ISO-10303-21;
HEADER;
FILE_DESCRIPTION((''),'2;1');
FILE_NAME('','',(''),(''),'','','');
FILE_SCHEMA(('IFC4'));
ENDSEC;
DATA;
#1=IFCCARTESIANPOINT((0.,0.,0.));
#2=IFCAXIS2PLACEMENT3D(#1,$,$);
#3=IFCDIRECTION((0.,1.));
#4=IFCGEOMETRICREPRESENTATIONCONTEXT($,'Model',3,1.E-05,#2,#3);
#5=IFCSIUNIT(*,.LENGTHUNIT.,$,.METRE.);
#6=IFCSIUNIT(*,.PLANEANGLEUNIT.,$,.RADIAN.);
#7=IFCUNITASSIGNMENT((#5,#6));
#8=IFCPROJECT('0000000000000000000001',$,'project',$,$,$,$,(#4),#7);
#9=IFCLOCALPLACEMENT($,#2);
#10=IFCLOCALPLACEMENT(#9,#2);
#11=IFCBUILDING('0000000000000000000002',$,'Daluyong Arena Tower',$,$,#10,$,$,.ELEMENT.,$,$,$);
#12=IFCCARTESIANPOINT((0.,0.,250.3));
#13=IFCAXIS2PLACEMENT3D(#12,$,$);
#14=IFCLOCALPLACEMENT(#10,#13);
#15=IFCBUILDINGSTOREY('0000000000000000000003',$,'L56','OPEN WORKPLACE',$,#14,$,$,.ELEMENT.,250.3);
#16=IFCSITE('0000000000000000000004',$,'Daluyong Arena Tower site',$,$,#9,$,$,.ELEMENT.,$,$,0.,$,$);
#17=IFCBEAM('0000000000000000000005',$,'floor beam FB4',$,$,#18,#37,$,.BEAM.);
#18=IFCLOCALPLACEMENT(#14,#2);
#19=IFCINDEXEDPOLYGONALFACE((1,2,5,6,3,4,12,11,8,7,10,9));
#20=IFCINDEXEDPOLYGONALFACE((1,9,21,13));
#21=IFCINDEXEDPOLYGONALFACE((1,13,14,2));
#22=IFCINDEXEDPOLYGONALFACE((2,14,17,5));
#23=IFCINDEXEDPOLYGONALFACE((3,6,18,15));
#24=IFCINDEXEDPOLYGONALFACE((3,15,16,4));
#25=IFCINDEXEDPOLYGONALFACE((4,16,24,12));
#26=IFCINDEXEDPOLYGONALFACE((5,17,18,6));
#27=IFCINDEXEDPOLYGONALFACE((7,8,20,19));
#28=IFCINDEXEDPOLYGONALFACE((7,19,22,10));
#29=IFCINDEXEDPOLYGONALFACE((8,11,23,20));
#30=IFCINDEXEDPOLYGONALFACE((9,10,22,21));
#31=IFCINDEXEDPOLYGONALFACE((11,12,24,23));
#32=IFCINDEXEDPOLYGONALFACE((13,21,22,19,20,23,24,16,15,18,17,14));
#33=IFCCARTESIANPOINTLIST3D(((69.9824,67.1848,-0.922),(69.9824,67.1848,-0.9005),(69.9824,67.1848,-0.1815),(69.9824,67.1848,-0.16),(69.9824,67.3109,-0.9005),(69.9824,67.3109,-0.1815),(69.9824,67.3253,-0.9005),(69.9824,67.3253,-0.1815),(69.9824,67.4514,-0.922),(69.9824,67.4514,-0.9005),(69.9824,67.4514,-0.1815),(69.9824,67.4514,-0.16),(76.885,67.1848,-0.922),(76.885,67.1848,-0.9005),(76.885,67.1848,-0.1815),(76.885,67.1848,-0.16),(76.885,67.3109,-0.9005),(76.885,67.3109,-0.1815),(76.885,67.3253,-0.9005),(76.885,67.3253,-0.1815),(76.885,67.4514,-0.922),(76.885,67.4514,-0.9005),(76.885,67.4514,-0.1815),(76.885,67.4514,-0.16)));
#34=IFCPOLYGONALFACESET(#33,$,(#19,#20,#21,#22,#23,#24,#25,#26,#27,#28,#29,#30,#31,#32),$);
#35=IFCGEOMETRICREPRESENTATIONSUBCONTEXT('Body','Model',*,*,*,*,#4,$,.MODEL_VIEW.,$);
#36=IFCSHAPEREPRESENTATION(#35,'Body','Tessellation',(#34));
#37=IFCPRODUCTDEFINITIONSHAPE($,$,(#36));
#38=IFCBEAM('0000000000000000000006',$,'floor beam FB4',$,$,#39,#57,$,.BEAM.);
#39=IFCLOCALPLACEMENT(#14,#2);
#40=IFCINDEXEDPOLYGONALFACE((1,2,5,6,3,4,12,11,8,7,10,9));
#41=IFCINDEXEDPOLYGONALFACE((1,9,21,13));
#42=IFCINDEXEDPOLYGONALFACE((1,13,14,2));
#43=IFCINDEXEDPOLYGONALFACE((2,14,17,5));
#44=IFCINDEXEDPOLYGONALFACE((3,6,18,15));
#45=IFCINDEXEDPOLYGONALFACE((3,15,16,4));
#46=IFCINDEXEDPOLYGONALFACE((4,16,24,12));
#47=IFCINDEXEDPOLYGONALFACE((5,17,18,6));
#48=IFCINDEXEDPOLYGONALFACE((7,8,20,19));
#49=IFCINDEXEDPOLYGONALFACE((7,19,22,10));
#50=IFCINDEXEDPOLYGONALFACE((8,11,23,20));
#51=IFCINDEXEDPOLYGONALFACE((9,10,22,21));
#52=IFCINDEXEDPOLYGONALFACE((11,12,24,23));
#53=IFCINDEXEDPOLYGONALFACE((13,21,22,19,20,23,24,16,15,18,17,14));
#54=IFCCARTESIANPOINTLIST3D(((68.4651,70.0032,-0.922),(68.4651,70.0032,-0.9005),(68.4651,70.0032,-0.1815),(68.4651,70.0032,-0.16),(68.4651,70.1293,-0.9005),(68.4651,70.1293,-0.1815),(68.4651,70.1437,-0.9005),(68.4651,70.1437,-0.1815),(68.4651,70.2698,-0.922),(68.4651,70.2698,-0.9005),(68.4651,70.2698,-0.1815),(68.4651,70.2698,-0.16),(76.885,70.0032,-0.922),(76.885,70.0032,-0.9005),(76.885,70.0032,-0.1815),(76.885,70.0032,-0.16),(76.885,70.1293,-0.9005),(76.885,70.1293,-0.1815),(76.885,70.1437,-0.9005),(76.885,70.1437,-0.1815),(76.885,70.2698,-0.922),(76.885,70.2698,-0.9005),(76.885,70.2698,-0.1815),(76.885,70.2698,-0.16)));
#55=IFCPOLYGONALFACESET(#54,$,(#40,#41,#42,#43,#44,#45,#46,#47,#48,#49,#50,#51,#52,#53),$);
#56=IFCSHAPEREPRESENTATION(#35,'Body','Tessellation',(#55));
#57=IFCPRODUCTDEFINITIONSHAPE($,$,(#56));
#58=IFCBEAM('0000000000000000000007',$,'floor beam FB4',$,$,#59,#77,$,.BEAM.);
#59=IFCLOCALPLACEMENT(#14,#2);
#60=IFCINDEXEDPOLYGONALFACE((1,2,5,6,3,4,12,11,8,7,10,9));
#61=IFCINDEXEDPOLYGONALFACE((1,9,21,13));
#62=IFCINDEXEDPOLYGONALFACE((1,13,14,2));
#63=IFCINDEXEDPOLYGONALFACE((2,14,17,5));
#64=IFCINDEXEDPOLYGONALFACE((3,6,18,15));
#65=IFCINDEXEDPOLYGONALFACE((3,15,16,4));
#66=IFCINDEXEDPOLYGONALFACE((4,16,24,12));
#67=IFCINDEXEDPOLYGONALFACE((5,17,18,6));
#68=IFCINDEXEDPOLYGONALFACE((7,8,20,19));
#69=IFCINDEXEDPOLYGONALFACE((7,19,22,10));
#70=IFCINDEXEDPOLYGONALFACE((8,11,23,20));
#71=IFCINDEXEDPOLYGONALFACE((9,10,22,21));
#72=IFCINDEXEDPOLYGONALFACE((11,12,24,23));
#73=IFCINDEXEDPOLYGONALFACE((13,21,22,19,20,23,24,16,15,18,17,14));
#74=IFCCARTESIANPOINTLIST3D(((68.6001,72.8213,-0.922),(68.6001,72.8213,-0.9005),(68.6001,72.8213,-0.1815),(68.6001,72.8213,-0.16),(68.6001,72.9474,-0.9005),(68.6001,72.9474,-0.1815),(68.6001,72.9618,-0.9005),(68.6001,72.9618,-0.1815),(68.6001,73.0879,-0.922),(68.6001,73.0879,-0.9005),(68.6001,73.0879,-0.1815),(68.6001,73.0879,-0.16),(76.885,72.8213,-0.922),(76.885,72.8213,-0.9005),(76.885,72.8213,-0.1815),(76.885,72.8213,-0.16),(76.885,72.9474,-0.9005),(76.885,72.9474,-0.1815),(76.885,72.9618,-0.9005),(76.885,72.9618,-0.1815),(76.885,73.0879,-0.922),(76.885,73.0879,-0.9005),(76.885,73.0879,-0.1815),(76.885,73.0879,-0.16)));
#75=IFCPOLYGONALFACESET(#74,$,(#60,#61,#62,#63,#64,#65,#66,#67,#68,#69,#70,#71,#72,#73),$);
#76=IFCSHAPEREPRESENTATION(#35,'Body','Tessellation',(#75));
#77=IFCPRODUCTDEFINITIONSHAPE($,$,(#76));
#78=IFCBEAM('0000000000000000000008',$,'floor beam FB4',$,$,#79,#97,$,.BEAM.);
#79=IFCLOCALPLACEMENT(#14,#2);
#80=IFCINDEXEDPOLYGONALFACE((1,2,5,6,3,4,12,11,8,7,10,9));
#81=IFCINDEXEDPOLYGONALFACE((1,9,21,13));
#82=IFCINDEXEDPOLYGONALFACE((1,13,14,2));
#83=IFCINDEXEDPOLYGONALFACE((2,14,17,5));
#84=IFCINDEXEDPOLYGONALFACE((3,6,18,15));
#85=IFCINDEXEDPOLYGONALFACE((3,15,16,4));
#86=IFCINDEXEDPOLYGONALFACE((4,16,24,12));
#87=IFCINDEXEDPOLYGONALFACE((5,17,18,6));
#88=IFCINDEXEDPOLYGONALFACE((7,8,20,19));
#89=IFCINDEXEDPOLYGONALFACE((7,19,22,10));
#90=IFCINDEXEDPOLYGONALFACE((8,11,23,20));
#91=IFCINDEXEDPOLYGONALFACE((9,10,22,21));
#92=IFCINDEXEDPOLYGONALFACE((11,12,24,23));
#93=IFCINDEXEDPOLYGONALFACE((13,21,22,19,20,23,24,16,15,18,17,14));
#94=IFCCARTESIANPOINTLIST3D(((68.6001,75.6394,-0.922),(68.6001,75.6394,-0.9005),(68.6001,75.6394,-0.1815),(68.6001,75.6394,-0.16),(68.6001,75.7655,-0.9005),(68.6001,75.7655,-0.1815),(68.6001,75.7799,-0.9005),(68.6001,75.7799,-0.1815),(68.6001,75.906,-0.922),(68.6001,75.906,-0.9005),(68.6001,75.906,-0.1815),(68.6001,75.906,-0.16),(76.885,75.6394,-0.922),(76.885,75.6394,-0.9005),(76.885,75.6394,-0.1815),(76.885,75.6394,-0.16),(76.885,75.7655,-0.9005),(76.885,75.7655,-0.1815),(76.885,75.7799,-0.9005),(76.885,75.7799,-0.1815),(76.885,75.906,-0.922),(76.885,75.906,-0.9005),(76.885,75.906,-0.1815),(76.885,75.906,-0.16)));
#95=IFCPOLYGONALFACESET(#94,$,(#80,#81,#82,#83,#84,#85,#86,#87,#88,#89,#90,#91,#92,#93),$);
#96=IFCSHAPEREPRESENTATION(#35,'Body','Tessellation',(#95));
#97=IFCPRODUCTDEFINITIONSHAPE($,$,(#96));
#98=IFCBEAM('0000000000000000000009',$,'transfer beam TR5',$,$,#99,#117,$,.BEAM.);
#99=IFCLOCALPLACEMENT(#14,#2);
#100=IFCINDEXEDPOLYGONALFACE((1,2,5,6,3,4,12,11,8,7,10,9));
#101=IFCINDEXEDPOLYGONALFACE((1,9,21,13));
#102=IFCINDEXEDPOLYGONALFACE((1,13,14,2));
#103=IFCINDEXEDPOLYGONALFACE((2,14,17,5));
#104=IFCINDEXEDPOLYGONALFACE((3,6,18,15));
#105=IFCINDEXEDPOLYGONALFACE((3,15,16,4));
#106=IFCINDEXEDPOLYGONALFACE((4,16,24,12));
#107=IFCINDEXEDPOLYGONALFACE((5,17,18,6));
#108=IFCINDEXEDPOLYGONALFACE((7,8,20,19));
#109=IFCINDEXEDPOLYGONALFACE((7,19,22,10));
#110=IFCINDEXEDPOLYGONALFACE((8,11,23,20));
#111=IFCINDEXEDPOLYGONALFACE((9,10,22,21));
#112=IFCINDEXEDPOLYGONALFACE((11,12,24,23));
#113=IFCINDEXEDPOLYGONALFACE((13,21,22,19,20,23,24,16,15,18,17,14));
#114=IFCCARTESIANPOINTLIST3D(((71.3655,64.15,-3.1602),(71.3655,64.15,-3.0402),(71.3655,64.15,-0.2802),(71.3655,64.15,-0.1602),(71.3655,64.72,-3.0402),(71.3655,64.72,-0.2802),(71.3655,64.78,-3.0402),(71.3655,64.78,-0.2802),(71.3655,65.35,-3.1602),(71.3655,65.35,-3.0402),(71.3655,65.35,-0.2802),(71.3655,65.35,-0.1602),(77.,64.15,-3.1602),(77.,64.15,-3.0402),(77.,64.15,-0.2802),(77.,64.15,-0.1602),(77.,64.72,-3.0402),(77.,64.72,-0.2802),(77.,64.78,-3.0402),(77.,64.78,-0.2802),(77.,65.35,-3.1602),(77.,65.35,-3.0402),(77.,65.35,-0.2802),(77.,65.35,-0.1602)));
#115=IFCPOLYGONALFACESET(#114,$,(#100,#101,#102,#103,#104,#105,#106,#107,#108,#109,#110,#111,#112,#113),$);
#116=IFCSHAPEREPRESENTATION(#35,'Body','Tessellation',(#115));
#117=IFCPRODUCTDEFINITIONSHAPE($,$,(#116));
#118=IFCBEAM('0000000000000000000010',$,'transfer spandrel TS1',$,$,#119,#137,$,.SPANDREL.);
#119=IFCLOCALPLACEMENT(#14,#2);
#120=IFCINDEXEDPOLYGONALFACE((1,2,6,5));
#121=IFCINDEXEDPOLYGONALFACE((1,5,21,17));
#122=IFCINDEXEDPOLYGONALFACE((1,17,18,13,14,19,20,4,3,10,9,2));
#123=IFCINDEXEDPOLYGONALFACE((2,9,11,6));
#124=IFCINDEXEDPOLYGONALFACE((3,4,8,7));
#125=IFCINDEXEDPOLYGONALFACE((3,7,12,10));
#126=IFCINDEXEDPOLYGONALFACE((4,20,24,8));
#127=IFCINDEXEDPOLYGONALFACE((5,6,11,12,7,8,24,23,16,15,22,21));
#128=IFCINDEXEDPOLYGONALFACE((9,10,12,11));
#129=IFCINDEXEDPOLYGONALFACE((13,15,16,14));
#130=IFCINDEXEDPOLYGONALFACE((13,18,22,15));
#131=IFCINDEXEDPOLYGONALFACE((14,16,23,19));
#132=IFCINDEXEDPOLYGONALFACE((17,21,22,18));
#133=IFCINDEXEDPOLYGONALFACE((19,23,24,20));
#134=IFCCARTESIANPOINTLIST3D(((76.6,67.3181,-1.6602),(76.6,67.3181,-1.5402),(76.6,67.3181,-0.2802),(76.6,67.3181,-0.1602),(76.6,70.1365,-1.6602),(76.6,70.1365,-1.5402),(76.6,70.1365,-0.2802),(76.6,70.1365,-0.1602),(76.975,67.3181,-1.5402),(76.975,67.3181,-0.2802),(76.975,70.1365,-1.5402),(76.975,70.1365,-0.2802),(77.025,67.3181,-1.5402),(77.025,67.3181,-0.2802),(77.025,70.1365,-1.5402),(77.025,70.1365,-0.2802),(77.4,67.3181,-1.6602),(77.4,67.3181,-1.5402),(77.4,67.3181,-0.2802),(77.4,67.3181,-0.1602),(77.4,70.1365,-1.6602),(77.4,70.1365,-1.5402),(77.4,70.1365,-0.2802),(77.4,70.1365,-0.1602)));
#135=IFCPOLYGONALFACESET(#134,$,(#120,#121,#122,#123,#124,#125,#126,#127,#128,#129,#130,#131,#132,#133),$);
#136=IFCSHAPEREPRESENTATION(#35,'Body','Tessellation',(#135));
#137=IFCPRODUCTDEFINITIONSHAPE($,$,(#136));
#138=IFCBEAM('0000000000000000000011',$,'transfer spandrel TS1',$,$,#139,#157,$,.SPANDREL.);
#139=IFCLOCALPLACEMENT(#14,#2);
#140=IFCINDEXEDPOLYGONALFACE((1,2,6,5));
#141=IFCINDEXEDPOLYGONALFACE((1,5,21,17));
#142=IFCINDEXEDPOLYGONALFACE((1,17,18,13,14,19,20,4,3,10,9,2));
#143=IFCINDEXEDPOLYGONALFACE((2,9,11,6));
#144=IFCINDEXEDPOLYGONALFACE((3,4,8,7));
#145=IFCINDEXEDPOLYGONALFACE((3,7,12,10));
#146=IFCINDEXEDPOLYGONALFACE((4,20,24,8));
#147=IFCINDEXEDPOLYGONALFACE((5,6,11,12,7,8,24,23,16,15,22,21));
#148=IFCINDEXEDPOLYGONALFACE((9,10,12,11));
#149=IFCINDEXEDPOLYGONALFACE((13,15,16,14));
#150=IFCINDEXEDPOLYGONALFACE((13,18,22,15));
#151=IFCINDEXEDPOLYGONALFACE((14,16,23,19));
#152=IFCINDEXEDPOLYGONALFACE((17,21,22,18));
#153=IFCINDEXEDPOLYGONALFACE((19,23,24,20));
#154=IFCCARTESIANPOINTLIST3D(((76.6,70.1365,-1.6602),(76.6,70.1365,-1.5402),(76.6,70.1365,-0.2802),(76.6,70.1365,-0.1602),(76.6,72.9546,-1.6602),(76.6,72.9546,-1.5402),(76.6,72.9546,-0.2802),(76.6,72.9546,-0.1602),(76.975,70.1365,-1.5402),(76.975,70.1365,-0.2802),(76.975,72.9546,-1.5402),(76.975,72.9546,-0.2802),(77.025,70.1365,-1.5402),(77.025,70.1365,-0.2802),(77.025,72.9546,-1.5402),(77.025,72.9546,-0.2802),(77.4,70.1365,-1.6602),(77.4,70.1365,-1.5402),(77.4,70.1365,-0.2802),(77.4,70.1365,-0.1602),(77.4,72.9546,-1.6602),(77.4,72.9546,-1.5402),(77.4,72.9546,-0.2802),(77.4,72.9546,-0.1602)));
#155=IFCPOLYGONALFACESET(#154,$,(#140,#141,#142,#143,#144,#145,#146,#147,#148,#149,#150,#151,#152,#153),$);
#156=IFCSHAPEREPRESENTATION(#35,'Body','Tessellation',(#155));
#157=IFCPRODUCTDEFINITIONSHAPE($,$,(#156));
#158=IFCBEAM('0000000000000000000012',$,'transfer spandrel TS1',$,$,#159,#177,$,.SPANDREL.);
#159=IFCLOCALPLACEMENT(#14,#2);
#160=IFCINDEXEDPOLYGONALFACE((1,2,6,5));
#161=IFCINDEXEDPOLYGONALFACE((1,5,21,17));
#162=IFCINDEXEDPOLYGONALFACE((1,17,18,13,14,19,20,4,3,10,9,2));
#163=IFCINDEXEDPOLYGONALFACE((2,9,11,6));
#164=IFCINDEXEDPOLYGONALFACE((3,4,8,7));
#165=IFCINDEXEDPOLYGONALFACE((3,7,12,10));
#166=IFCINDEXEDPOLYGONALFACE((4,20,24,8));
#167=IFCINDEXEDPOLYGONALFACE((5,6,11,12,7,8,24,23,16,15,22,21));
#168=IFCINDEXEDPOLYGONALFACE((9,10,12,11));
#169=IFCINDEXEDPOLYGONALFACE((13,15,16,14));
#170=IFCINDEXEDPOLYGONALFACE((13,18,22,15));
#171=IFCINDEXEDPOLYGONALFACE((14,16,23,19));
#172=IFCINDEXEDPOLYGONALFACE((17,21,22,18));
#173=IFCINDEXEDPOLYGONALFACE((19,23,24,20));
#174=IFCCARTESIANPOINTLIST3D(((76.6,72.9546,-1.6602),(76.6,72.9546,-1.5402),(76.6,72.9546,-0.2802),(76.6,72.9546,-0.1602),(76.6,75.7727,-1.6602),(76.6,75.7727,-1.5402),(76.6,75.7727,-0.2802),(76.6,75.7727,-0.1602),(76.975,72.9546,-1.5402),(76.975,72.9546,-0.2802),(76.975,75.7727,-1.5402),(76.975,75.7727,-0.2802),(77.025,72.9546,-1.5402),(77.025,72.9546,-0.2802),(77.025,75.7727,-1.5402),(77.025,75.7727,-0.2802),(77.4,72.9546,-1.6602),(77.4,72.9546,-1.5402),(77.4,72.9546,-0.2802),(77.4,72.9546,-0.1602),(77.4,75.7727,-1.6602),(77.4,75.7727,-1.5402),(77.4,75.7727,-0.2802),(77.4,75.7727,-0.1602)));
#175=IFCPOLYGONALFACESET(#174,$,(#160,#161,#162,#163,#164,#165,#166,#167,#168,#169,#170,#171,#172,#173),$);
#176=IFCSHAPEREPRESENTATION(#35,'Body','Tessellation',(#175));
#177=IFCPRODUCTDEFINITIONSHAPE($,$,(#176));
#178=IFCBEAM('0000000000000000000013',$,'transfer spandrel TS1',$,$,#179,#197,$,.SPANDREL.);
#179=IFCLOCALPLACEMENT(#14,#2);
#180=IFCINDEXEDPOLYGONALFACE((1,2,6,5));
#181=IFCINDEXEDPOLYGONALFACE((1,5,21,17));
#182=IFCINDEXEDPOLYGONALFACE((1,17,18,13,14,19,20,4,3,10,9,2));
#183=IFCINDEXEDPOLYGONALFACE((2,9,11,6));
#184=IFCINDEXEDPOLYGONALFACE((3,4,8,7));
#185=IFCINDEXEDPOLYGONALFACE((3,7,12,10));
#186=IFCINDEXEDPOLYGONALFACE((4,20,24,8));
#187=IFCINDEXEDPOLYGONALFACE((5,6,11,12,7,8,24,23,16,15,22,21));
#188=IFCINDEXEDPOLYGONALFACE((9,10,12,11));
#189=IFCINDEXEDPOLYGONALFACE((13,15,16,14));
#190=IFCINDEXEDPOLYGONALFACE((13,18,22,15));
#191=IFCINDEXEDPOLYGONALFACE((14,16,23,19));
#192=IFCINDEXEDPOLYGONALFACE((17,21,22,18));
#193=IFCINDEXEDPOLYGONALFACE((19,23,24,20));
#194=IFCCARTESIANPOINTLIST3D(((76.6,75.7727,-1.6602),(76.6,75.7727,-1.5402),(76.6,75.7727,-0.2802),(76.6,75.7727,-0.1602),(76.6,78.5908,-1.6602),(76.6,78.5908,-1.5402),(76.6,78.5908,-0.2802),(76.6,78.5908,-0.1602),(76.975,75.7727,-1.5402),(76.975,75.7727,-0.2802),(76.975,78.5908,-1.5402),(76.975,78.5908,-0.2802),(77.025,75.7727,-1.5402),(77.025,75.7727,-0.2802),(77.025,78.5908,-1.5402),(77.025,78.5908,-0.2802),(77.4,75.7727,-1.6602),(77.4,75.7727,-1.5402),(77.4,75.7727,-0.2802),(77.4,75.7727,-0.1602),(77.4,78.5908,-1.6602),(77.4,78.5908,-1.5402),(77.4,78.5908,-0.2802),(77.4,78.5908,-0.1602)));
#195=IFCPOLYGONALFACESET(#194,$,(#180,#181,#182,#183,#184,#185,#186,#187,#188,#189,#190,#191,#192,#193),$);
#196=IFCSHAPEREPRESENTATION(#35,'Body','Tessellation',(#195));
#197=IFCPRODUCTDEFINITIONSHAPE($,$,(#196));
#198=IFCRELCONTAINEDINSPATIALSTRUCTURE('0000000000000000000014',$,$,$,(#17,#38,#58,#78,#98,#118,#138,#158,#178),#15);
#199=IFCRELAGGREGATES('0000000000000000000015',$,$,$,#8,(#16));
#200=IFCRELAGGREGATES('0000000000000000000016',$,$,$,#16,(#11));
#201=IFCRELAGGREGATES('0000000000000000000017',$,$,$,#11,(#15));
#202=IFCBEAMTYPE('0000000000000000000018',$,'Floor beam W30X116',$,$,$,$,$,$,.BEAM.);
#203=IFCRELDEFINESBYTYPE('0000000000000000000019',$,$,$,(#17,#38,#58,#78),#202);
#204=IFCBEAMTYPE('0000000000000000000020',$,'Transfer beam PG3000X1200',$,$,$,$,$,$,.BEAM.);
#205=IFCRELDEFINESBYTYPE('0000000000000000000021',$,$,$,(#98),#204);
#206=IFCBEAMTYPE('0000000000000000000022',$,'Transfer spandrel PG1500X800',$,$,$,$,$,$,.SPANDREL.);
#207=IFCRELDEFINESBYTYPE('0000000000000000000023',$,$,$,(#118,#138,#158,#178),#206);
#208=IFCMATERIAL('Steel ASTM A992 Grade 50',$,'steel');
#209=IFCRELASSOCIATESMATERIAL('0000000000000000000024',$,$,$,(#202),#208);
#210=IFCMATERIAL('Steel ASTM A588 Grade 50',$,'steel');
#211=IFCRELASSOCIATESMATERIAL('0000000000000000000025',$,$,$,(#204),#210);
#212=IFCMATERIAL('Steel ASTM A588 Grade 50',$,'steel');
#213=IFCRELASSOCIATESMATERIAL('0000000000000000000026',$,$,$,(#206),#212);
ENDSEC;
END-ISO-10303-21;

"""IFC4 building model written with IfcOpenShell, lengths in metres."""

from ifc_helpers import new_model, si_unit, direction, frame, origin, origin_2d, place, context, subcontext, project, spatial, i_section, extrude, material, material_profile, profile_set, type_object, element, save


model = new_model("IFC4")

# Units and contexts
model_context = context("Model", 3, precision=1e-05, world=origin(), true_north=direction((0.0, 1.0)))
body_context = subcontext(model_context, "Body", "Model", "MODEL_VIEW")
ifc_project = project(units=[si_unit("LENGTHUNIT", "METRE"), si_unit("PLANEANGLEUNIT", "RADIAN")], contexts=[model_context])

# Site, building, storey
site_placement = place(None, origin())
site = spatial("IfcSite", under=ifc_project, at=site_placement, Name="Daluyong Arena Tower site", CompositionType="ELEMENT", RefElevation=0.0)
building_placement = place(site_placement, origin())
building = spatial("IfcBuilding", under=site, at=building_placement, Name="Daluyong Arena Tower", CompositionType="ELEMENT")
storey_placement = place(building_placement, frame((0.0, 0.0, 250.3)))
storey = spatial("IfcBuildingStorey", under=building, at=storey_placement, Name="L56", Description="OPEN WORKPLACE", CompositionType="ELEMENT", Elevation=250.3)

# Beams
ifc_material_1 = material(Name="Steel ASTM A992 Grade 50", Category="steel")
ifc_material_profile_1 = material_profile(ifc_material_1, i_section(OverallWidth=0.2666, OverallDepth=0.762, WebThickness=0.0144, FlangeThickness=0.0215, at=origin_2d()))
ifc_profile_set_1 = profile_set([ifc_material_profile_1], Name="Steel ASTM A992 Grade 50")
beam_type_1 = type_object("IfcBeamType", Name="Floor beam W30X116", PredefinedType="BEAM", material=ifc_profile_set_1)
beam_1_placement = place(storey_placement, frame((76.885, 67.3181, -0.541), z_axis=(-1.0, 0.0, 0.0), x_axis=(0.0, -1.0, 0.0)))
element("IfcBeam", 1, at=beam_1_placement, inside=storey, type_object=beam_type_1, Name="floor beam FB4", PredefinedType="BEAM", context=body_context, shape_type="SweptSolid", body=[
    extrude(i_section(OverallWidth=0.2666, OverallDepth=0.762, WebThickness=0.0144, FlangeThickness=0.0215, at=origin_2d()), origin(), (0.0, 0.0, 1.0), 6.9026),
])
beam_2_placement = place(storey_placement, frame((76.885, 70.1365, -0.541), z_axis=(-1.0, 0.0, 0.0), x_axis=(0.0, -1.0, 0.0)))
element("IfcBeam", 2, at=beam_2_placement, inside=storey, type_object=beam_type_1, Name="floor beam FB4", PredefinedType="BEAM", context=body_context, shape_type="SweptSolid", body=[
    extrude(i_section(OverallWidth=0.2666, OverallDepth=0.762, WebThickness=0.0144, FlangeThickness=0.0215, at=origin_2d()), origin(), (0.0, 0.0, 1.0), 8.4199),
])
for number, where, z_axis, x_axis, name in (
    (3, (76.885, 72.9546, -0.541), (-1.0, 0.0, 0.0), (0.0, -1.0, 0.0), "floor beam FB4"),
    (4, (76.885, 75.7727, -0.541), (-1.0, 0.0, 0.0), (0.0, -1.0, 0.0), "floor beam FB4"),
):
    element("IfcBeam", number, at=place(storey_placement, frame(where, z_axis=z_axis, x_axis=x_axis)), inside=storey, type_object=beam_type_1, Name=name, PredefinedType="BEAM", context=body_context, shape_type="SweptSolid", body=[
        extrude(i_section(OverallWidth=0.2666, OverallDepth=0.762, WebThickness=0.0144, FlangeThickness=0.0215, at=origin_2d()), origin(), (0.0, 0.0, 1.0), 8.2849),
    ])
ifc_material_2 = material(Name="Steel ASTM A588 Grade 50", Category="steel")
ifc_material_profile_2 = material_profile(ifc_material_2, i_section(OverallWidth=1.2, OverallDepth=3.0, WebThickness=0.06, FlangeThickness=0.12, at=origin_2d()))
ifc_profile_set_2 = profile_set([ifc_material_profile_2], Name="Steel ASTM A588 Grade 50")
beam_type_2 = type_object("IfcBeamType", Name="Transfer beam PG3000X1200", PredefinedType="BEAM", material=ifc_profile_set_2)
beam_3_placement = place(storey_placement, frame((71.3655, 64.75, -1.6602), z_axis=(1.0, 0.0, 0.0), x_axis=(0.0, 1.0, 0.0)))
element("IfcBeam", 5, at=beam_3_placement, inside=storey, type_object=beam_type_2, Name="transfer beam TR5", PredefinedType="BEAM", context=body_context, shape_type="SweptSolid", body=[
    extrude(i_section(OverallWidth=1.2, OverallDepth=3.0, WebThickness=0.06, FlangeThickness=0.12, at=origin_2d()), origin(), (0.0, 0.0, 1.0), 5.6345),
])
ifc_material_3 = material(Name="Steel ASTM A588 Grade 50", Category="steel")
ifc_material_profile_3 = material_profile(ifc_material_3, i_section(OverallWidth=0.8, OverallDepth=1.5, WebThickness=0.05, FlangeThickness=0.12, at=origin_2d()))
ifc_profile_set_3 = profile_set([ifc_material_profile_3], Name="Steel ASTM A588 Grade 50")
beam_type_3 = type_object("IfcBeamType", Name="Transfer spandrel PG1500X800", PredefinedType="SPANDREL", material=ifc_profile_set_3)
beam_4_placement = place(storey_placement, frame((77.0, 67.3181, -0.9102), z_axis=(0.0, 1.0, 0.0), x_axis=(-1.0, 0.0, 0.0)))
element("IfcBeam", 6, at=beam_4_placement, inside=storey, type_object=beam_type_3, Name="transfer spandrel TS1", PredefinedType="SPANDREL", context=body_context, shape_type="SweptSolid", body=[
    extrude(i_section(OverallWidth=0.8, OverallDepth=1.5, WebThickness=0.05, FlangeThickness=0.12, at=origin_2d()), origin(), (0.0, 0.0, 1.0), 2.8184),
])
for number, where, z_axis, x_axis, name in (
    (7, (77.0, 70.1365, -0.9102), (0.0, 1.0, 0.0), (-1.0, 0.0, 0.0), "transfer spandrel TS1"),
    (8, (77.0, 72.9546, -0.9102), (0.0, 1.0, 0.0), (-1.0, 0.0, 0.0), "transfer spandrel TS1"),
    (9, (77.0, 75.7727, -0.9102), (0.0, 1.0, 0.0), (-1.0, 0.0, 0.0), "transfer spandrel TS1"),
):
    element("IfcBeam", number, at=place(storey_placement, frame(where, z_axis=z_axis, x_axis=x_axis)), inside=storey, type_object=beam_type_3, Name=name, PredefinedType="SPANDREL", context=body_context, shape_type="SweptSolid", body=[
        extrude(i_section(OverallWidth=0.8, OverallDepth=1.5, WebThickness=0.05, FlangeThickness=0.12, at=origin_2d()), origin(), (0.0, 0.0, 1.0), 2.8181),
    ])

save(model, "model.ifc")
